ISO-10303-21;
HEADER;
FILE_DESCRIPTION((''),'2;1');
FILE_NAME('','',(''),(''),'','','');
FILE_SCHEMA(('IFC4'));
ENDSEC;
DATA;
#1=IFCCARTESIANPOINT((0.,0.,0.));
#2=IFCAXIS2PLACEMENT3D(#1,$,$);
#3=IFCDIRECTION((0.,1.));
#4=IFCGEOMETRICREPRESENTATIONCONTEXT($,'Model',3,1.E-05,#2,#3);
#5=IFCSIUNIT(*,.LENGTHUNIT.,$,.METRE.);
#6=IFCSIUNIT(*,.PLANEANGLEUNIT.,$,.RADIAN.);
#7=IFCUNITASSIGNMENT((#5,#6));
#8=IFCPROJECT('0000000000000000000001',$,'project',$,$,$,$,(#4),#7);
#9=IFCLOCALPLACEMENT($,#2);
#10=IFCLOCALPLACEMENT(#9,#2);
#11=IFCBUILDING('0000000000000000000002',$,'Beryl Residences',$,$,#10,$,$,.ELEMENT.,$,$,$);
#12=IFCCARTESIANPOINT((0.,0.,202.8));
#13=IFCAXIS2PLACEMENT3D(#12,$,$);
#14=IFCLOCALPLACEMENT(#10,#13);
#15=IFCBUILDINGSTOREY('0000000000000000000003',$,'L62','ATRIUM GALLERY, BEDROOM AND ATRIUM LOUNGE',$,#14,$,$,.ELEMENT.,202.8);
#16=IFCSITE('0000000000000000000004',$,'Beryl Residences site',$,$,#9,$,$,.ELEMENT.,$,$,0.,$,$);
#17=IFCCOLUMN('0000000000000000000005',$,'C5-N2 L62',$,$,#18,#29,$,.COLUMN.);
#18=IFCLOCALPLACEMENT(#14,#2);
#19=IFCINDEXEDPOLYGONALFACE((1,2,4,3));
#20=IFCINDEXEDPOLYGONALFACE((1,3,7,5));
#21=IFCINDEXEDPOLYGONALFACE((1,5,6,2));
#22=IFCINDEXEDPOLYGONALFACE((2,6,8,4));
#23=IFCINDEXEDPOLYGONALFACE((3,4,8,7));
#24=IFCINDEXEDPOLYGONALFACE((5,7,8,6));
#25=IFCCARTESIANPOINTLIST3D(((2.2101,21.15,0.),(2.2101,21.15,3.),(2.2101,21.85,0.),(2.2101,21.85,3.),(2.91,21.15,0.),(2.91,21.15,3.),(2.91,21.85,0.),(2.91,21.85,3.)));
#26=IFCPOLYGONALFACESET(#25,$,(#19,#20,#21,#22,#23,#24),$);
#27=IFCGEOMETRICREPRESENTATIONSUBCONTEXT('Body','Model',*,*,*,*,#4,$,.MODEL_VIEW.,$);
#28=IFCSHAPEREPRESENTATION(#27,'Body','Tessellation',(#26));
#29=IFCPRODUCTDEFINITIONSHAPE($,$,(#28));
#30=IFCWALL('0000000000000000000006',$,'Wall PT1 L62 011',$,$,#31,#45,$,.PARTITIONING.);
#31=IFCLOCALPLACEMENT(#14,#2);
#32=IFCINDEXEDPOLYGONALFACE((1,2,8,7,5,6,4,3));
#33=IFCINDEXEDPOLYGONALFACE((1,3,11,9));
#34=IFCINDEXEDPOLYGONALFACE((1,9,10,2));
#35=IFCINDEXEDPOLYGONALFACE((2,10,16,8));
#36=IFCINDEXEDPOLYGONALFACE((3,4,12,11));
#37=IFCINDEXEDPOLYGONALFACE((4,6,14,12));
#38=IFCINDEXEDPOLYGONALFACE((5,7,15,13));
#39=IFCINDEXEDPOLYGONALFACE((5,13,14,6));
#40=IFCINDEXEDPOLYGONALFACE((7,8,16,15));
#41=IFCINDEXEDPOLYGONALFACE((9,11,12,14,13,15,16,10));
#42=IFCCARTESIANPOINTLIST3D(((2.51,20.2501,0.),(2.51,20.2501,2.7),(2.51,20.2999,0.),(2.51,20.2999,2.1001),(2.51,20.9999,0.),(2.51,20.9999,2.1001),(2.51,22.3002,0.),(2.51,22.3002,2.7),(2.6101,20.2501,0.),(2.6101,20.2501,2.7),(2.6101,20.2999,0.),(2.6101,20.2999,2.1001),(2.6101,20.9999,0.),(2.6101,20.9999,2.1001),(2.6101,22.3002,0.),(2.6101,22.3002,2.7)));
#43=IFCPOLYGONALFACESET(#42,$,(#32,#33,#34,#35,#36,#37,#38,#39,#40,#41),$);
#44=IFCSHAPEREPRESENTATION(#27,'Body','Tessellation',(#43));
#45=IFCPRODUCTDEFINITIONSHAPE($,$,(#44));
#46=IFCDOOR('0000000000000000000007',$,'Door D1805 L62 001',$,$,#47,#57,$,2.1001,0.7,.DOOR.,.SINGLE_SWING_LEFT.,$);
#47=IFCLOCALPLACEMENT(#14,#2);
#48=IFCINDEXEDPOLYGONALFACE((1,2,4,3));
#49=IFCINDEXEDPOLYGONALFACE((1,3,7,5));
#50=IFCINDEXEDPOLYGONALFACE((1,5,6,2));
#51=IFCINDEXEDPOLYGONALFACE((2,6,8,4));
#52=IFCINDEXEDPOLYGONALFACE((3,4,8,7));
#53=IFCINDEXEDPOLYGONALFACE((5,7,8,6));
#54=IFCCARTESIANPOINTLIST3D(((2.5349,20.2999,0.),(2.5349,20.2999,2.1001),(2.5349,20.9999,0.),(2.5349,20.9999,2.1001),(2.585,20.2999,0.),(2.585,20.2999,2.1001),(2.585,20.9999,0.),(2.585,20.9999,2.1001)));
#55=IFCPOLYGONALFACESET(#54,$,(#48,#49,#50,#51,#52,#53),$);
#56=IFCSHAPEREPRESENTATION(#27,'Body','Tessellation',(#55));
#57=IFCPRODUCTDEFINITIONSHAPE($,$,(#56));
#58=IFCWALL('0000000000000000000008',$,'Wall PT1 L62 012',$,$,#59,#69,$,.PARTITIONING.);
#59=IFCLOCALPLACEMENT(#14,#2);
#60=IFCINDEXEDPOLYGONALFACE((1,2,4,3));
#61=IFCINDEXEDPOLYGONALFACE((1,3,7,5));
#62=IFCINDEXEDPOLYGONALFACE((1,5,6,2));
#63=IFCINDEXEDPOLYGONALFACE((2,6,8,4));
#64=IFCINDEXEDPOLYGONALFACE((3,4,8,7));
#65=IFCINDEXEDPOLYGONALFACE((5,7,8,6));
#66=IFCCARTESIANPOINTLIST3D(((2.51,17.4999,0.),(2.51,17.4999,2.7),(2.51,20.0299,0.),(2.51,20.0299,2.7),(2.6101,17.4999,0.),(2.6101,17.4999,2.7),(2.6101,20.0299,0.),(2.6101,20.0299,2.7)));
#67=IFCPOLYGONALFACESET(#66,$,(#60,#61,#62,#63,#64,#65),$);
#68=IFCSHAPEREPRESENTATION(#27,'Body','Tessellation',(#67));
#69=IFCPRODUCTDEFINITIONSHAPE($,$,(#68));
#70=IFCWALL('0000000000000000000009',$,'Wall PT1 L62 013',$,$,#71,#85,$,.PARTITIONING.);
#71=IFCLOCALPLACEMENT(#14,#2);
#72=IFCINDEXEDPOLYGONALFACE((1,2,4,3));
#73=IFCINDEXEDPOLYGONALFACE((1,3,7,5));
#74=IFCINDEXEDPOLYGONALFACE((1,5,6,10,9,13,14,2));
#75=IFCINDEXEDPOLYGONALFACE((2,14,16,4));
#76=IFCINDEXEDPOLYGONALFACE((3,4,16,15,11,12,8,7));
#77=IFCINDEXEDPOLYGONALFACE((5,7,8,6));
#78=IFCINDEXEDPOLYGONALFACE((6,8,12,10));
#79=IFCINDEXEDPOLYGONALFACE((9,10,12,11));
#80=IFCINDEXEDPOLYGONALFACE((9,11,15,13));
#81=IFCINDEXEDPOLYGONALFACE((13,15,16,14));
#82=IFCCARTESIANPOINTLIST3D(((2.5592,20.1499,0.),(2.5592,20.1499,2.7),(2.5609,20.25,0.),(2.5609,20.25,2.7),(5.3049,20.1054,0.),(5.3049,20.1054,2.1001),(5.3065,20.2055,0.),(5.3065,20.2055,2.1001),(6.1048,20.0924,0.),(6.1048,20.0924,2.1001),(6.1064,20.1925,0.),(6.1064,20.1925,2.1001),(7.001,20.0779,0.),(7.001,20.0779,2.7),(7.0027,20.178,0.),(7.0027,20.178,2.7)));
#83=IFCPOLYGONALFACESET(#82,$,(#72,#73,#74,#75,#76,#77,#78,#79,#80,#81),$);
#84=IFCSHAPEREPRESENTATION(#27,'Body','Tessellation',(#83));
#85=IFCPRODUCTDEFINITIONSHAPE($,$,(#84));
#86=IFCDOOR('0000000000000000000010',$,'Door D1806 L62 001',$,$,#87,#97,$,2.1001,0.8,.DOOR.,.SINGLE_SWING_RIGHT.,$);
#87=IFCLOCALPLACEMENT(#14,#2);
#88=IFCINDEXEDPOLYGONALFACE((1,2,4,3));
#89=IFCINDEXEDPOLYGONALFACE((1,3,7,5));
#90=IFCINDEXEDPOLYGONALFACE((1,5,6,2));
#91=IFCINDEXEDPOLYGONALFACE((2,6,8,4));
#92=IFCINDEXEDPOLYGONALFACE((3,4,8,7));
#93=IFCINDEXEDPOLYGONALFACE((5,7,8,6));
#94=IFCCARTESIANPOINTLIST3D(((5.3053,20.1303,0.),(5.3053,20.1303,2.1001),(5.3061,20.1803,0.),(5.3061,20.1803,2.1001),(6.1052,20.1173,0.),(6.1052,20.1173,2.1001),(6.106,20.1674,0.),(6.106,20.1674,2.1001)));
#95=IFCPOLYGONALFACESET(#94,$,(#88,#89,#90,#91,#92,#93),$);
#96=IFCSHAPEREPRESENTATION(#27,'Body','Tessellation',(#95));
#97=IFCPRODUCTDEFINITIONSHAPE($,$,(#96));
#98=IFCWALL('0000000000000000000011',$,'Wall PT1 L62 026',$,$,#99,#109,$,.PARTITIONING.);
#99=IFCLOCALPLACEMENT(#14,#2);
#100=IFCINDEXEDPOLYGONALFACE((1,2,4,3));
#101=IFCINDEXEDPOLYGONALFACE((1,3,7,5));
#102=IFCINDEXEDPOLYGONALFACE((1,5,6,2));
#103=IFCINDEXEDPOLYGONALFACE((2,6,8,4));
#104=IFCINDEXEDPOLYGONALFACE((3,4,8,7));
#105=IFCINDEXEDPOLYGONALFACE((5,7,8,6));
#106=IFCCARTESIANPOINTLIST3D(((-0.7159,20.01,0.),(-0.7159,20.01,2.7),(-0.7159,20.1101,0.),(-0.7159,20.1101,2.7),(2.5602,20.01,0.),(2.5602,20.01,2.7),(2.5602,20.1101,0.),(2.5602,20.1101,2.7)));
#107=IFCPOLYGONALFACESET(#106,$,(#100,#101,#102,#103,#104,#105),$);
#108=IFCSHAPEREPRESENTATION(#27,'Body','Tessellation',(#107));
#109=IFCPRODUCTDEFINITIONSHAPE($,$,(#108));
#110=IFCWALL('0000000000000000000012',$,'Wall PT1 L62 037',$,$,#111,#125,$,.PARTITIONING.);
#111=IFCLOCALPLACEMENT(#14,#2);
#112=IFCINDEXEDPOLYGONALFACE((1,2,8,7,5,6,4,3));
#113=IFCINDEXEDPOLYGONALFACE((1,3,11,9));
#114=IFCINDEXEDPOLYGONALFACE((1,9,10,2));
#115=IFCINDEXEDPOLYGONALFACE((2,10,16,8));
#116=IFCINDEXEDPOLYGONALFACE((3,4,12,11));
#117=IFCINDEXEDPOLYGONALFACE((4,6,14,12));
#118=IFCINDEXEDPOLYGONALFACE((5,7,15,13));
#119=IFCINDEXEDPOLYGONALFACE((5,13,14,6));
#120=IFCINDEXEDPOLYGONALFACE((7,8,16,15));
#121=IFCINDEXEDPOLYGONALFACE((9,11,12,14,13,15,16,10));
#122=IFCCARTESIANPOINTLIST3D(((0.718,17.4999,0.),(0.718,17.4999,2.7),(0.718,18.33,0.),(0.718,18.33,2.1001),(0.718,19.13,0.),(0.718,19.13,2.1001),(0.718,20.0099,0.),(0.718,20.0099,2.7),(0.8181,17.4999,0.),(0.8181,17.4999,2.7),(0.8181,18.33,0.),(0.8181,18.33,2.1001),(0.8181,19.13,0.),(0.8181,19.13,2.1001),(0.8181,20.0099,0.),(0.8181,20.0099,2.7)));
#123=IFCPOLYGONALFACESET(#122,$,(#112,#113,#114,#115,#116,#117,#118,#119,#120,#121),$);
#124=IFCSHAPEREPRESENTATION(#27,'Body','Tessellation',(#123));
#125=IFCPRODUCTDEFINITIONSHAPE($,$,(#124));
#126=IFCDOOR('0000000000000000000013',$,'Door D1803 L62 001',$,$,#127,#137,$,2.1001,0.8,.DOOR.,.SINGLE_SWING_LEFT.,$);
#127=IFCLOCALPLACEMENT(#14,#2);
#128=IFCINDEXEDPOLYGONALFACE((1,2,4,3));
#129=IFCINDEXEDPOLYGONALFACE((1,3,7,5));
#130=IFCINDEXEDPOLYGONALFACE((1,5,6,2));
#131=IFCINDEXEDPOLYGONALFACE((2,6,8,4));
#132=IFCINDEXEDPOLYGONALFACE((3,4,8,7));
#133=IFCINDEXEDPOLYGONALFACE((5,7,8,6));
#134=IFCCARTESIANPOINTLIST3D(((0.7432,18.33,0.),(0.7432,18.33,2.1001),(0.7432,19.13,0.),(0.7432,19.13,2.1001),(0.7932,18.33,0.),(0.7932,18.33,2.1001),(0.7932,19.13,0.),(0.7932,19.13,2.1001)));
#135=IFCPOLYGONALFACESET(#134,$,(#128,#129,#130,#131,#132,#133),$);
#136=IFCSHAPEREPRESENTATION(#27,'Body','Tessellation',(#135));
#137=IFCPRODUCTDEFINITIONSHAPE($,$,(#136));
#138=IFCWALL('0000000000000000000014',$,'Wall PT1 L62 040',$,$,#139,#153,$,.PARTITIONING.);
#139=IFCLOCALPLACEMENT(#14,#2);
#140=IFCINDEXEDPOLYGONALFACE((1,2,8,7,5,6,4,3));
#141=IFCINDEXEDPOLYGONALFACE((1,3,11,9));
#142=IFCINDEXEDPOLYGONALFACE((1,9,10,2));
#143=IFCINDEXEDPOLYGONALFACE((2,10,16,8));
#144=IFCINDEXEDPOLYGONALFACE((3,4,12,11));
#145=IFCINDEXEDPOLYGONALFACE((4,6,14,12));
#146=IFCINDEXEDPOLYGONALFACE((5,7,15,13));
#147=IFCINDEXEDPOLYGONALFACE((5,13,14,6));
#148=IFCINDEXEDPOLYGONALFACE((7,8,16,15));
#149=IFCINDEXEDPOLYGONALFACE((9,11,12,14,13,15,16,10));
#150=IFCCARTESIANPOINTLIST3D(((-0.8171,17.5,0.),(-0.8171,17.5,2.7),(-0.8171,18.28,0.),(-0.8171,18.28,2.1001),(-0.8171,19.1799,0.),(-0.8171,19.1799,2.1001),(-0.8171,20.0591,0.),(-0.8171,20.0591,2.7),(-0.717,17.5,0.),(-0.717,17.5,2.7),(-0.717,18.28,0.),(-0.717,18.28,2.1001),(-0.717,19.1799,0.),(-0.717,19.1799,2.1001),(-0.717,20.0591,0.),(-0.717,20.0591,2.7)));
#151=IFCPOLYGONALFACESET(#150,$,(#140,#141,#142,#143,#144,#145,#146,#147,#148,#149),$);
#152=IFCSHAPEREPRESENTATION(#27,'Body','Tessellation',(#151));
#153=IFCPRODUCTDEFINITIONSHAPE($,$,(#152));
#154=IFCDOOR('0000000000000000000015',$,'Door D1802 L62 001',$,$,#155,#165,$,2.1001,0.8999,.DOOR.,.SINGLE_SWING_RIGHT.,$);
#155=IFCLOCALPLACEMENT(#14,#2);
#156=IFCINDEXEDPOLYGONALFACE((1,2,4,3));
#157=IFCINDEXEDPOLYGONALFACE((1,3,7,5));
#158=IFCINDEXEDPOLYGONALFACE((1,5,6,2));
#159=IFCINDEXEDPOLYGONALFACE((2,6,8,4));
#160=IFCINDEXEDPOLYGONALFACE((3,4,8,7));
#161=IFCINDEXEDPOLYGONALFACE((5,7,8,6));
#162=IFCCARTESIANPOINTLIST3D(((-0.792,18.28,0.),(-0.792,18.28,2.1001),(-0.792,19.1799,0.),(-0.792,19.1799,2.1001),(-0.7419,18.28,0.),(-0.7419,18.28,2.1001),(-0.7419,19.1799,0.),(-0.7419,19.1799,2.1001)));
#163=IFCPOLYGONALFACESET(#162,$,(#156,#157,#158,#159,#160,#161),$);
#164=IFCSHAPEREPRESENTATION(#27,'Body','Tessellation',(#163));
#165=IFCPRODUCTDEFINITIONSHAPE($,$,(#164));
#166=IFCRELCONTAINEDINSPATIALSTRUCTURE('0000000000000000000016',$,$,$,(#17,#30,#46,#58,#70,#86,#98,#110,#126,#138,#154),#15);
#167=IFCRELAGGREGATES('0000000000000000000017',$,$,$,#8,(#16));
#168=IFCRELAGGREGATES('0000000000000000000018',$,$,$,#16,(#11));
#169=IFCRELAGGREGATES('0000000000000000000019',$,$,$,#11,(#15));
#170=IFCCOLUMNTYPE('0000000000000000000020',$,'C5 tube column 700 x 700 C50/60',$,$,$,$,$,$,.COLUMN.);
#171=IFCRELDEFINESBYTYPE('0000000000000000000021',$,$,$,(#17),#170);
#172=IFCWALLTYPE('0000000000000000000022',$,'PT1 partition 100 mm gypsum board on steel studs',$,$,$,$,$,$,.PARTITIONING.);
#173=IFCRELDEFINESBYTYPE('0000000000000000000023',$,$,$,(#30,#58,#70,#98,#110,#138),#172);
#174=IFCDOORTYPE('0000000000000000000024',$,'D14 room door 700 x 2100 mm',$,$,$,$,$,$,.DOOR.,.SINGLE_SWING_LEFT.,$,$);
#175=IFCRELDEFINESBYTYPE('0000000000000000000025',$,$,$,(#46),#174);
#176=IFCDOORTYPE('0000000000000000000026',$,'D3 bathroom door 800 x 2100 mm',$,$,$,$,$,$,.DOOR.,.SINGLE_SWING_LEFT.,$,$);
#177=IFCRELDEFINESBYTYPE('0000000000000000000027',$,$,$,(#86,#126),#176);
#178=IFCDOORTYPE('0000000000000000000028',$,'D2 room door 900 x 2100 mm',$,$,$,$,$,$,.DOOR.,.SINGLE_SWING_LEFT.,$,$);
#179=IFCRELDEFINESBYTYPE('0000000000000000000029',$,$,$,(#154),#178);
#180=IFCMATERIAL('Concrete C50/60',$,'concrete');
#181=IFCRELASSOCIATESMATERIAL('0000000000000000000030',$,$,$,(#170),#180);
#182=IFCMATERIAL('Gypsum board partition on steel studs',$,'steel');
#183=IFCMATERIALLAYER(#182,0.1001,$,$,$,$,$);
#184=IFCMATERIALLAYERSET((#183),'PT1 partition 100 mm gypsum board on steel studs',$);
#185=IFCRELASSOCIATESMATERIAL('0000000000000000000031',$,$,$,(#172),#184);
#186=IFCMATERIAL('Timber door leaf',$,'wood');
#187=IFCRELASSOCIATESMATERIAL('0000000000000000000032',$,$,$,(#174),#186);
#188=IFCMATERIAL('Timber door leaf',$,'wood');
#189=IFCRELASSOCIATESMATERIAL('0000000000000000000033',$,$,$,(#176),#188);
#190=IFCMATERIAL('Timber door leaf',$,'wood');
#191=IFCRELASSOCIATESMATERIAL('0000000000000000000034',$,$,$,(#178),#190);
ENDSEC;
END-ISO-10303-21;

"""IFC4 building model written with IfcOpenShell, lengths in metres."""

from ifc_helpers import new_model, si_unit, direction, frame, frame_2d, origin, origin_2d, place, context, subcontext, project, spatial, rectangle, extrude, material, layer, layer_set, material_profile, profile_set, type_object, element, fill, save


model = new_model("IFC4")

# Units and contexts
model_context = context("Model", 3, precision=1e-05, world=origin(), true_north=direction((0.0, 1.0)))
body_context = subcontext(model_context, "Body", "Model", "MODEL_VIEW")
ifc_project = project(units=[si_unit("LENGTHUNIT", "METRE"), si_unit("PLANEANGLEUNIT", "RADIAN")], contexts=[model_context])

# Site, building, storey
site_placement = place(None, origin())
site = spatial("IfcSite", under=ifc_project, at=site_placement, Name="Beryl Residences site", CompositionType="ELEMENT", RefElevation=0.0)
building_placement = place(site_placement, origin())
building = spatial("IfcBuilding", under=site, at=building_placement, Name="Beryl Residences", CompositionType="ELEMENT")
storey_placement = place(building_placement, frame((0.0, 0.0, 202.8)))
storey = spatial("IfcBuildingStorey", under=building, at=storey_placement, Name="L62", Description="ATRIUM GALLERY, BEDROOM AND ATRIUM LOUNGE", CompositionType="ELEMENT", Elevation=202.8)

# Column
ifc_material_1 = material(Name="Concrete C50/60", Category="concrete")
ifc_material_profile = material_profile(ifc_material_1, rectangle(XDim=0.7, YDim=0.7, at=origin_2d()))
ifc_profile_set = profile_set([ifc_material_profile], Name="Concrete C50/60")
column_type = type_object("IfcColumnType", Name="C5 tube column 700 x 700 C50/60", PredefinedType="COLUMN", material=ifc_profile_set)
column_placement = place(storey_placement, frame((2.5601, 21.5, 0.0), z_axis=(0.0, 0.0, 1.0), x_axis=(-1.0, 0.0, 0.0)))
element("IfcColumn", 1, at=column_placement, inside=storey, type_object=column_type, Name="C5-N2 L62", PredefinedType="COLUMN", context=body_context, shape_type="SweptSolid", body=[
    extrude(rectangle(XDim=0.7, YDim=0.7, at=origin_2d()), origin(), (0.0, 0.0, 1.0), 3.0),
])

# Wall, opening, door
ifc_material_2 = material(Name="Gypsum board partition on steel studs", Category="steel")
ifc_layer = layer(ifc_material_2, 0.1001)
ifc_layer_set = layer_set([ifc_layer], Name="PT1 partition 100 mm gypsum board on steel studs")
wall_type = type_object("IfcWallType", Name="PT1 partition 100 mm gypsum board on steel studs", PredefinedType="PARTITIONING", material=ifc_layer_set)
wall_1_placement = place(storey_placement, frame((2.5601, 22.3, 0.0), z_axis=(0.0, 0.0, 1.0), x_axis=(0.0, -1.0, 0.0)))
wall_1 = element("IfcWall", 2, at=wall_1_placement, inside=storey, type_object=wall_type, Name="Wall PT1 L62 011", PredefinedType="PARTITIONING", context=body_context, shape_type="SweptSolid", body=[
    extrude(rectangle(XDim=2.05, YDim=0.1001, at=frame_2d((1.0249, 0.0))), origin(), (0.0, 0.0, 1.0), 2.7),
])
opening_1_placement = place(wall_1_placement, frame((1.3, 0.0, 0.0)))
opening_1 = element("IfcOpeningElement", 3, at=opening_1_placement, cuts=wall_1, PredefinedType="OPENING", context=body_context, shape_type="SweptSolid", body=[
    extrude(rectangle(XDim=0.7, YDim=2.1001, at=frame_2d((0.3501, 1.05))), frame((0.0, 0.0601, 0.0), z_axis=(0.0, -1.0, 0.0), x_axis=(1.0, 0.0, 0.0)), (0.0, 0.0, 1.0), 0.1201),
])
ifc_material_3 = material(Name="Timber door leaf", Category="wood")
door_type_1 = type_object("IfcDoorType", Name="D14 room door 700 x 2100 mm", OperationType="SINGLE_SWING_LEFT", PredefinedType="DOOR", material=ifc_material_3)
door_1_placement = place(opening_1_placement, origin())
door_1 = element("IfcDoor", 4, at=door_1_placement, inside=storey, type_object=door_type_1, Name="Door D1805 L62 001", OperationType="SINGLE_SWING_LEFT", OverallHeight=2.1001, OverallWidth=0.7, PredefinedType="DOOR", context=body_context, shape_type="SweptSolid", body=[
    extrude(rectangle(XDim=0.7, YDim=2.1001, at=frame_2d((0.3501, 1.05))), frame((0.0, 0.0249, 0.0), z_axis=(0.0, -1.0, 0.0), x_axis=(1.0, 0.0, 0.0)), (0.0, 0.0, 1.0), 0.05),
])
fill(opening_1, door_1)

# Wall
wall_2_placement = place(storey_placement, frame((2.5601, 20.03, 0.0), z_axis=(0.0, 0.0, 1.0), x_axis=(0.0, -1.0, 0.0)))
element("IfcWall", 5, at=wall_2_placement, inside=storey, type_object=wall_type, Name="Wall PT1 L62 012", PredefinedType="PARTITIONING", context=body_context, shape_type="SweptSolid", body=[
    extrude(rectangle(XDim=2.53, YDim=0.1001, at=frame_2d((1.2651, 0.0))), origin(), (0.0, 0.0, 1.0), 2.7),
])

# Wall, opening, door
wall_3_placement = place(storey_placement, frame((2.5601, 20.2, 0.0), z_axis=(0.0, 0.0, 1.0), x_axis=(0.999869, -0.016212, 0.0)))
wall_3 = element("IfcWall", 6, at=wall_3_placement, inside=storey, type_object=wall_type, Name="Wall PT1 L62 013", PredefinedType="PARTITIONING", context=body_context, shape_type="SweptSolid", body=[
    extrude(rectangle(XDim=4.4424, YDim=0.1001, at=frame_2d((2.2212, 0.0))), origin(), (0.0, 0.0, 1.0), 2.7),
])
opening_2_placement = place(wall_3_placement, frame((2.7461, 0.0, 0.0)))
opening_2 = element("IfcOpeningElement", 7, at=opening_2_placement, cuts=wall_3, PredefinedType="OPENING", context=body_context, shape_type="SweptSolid", body=[
    extrude(rectangle(XDim=0.8, YDim=2.1001, at=frame_2d((0.3999, 1.05))), frame((0.0, 0.0601, 0.0), z_axis=(0.0, -1.0, 0.0), x_axis=(1.0, 0.0, 0.0)), (0.0, 0.0, 1.0), 0.1201),
])
ifc_material_4 = material(Name="Timber door leaf", Category="wood")
door_type_2 = type_object("IfcDoorType", Name="D3 bathroom door 800 x 2100 mm", OperationType="SINGLE_SWING_LEFT", PredefinedType="DOOR", material=ifc_material_4)
door_2_placement = place(opening_2_placement, origin())
door_2 = element("IfcDoor", 8, at=door_2_placement, inside=storey, type_object=door_type_2, Name="Door D1806 L62 001", OperationType="SINGLE_SWING_RIGHT", OverallHeight=2.1001, OverallWidth=0.8, PredefinedType="DOOR", context=body_context, shape_type="SweptSolid", body=[
    extrude(rectangle(XDim=0.8, YDim=2.1001, at=frame_2d((0.3999, 1.05))), frame((0.0, 0.0249, 0.0), z_axis=(0.0, -1.0, 0.0), x_axis=(1.0, 0.0, 0.0)), (0.0, 0.0, 1.0), 0.05),
])
fill(opening_2, door_2)

# Wall
wall_4_placement = place(storey_placement, frame((-0.7161, 20.0601, 0.0), z_axis=(0.0, 0.0, 1.0), x_axis=(1.0, 0.0, 0.0)))
element("IfcWall", 9, at=wall_4_placement, inside=storey, type_object=wall_type, Name="Wall PT1 L62 026", PredefinedType="PARTITIONING", context=body_context, shape_type="SweptSolid", body=[
    extrude(rectangle(XDim=3.2761, YDim=0.1001, at=frame_2d((1.6382, 0.0))), origin(), (0.0, 0.0, 1.0), 2.7),
])

# Walls, openings, doors
wall_5_placement = place(storey_placement, frame((0.7681, 17.5, 0.0), z_axis=(0.0, 0.0, 1.0), x_axis=(0.0, 1.0, 0.0)))
wall_5 = element("IfcWall", 10, at=wall_5_placement, inside=storey, type_object=wall_type, Name="Wall PT1 L62 037", PredefinedType="PARTITIONING", context=body_context, shape_type="SweptSolid", body=[
    extrude(rectangle(XDim=2.51, YDim=0.1001, at=frame_2d((1.2549, 0.0))), origin(), (0.0, 0.0, 1.0), 2.7),
])
opening_3_placement = place(wall_5_placement, frame((0.8301, 0.0, 0.0)))
opening_3 = element("IfcOpeningElement", 11, at=opening_3_placement, cuts=wall_5, PredefinedType="OPENING", context=body_context, shape_type="SweptSolid", body=[
    extrude(rectangle(XDim=0.8, YDim=2.1001, at=frame_2d((0.3999, 1.05))), frame((0.0, 0.0601, 0.0), z_axis=(0.0, -1.0, 0.0), x_axis=(1.0, 0.0, 0.0)), (0.0, 0.0, 1.0), 0.1201),
])
door_3_placement = place(opening_3_placement, origin())
door_3 = element("IfcDoor", 12, at=door_3_placement, inside=storey, type_object=door_type_2, Name="Door D1803 L62 001", OperationType="SINGLE_SWING_LEFT", OverallHeight=2.1001, OverallWidth=0.8, PredefinedType="DOOR", context=body_context, shape_type="SweptSolid", body=[
    extrude(rectangle(XDim=0.8, YDim=2.1001, at=frame_2d((0.3999, 1.05))), frame((0.0, 0.0249, 0.0), z_axis=(0.0, -1.0, 0.0), x_axis=(1.0, 0.0, 0.0)), (0.0, 0.0, 1.0), 0.05),
])
fill(opening_3, door_3)
wall_6_placement = place(storey_placement, frame((-0.7671, 17.5, 0.0), z_axis=(0.0, 0.0, 1.0), x_axis=(0.0, 1.0, 0.0)))
wall_6 = element("IfcWall", 13, at=wall_6_placement, inside=storey, type_object=wall_type, Name="Wall PT1 L62 040", PredefinedType="PARTITIONING", context=body_context, shape_type="SweptSolid", body=[
    extrude(rectangle(XDim=2.5591, YDim=0.1001, at=frame_2d((1.2795, 0.0))), origin(), (0.0, 0.0, 1.0), 2.7),
])
opening_4_placement = place(wall_6_placement, frame((0.78, 0.0, 0.0)))
opening_4 = element("IfcOpeningElement", 14, at=opening_4_placement, cuts=wall_6, PredefinedType="OPENING", context=body_context, shape_type="SweptSolid", body=[
    extrude(rectangle(XDim=0.8999, YDim=2.1001, at=frame_2d((0.45, 1.05))), frame((0.0, 0.0601, 0.0), z_axis=(0.0, -1.0, 0.0), x_axis=(1.0, 0.0, 0.0)), (0.0, 0.0, 1.0), 0.1201),
])
ifc_material_5 = material(Name="Timber door leaf", Category="wood")
door_type_3 = type_object("IfcDoorType", Name="D2 room door 900 x 2100 mm", OperationType="SINGLE_SWING_LEFT", PredefinedType="DOOR", material=ifc_material_5)
door_4_placement = place(opening_4_placement, origin())
door_4 = element("IfcDoor", 15, at=door_4_placement, inside=storey, type_object=door_type_3, Name="Door D1802 L62 001", OperationType="SINGLE_SWING_RIGHT", OverallHeight=2.1001, OverallWidth=0.8999, PredefinedType="DOOR", context=body_context, shape_type="SweptSolid", body=[
    extrude(rectangle(XDim=0.8999, YDim=2.1001, at=frame_2d((0.45, 1.05))), frame((0.0, 0.0249, 0.0), z_axis=(0.0, -1.0, 0.0), x_axis=(1.0, 0.0, 0.0)), (0.0, 0.0, 1.0), 0.05),
])
fill(opening_4, door_4)

save(model, "model.ifc")
